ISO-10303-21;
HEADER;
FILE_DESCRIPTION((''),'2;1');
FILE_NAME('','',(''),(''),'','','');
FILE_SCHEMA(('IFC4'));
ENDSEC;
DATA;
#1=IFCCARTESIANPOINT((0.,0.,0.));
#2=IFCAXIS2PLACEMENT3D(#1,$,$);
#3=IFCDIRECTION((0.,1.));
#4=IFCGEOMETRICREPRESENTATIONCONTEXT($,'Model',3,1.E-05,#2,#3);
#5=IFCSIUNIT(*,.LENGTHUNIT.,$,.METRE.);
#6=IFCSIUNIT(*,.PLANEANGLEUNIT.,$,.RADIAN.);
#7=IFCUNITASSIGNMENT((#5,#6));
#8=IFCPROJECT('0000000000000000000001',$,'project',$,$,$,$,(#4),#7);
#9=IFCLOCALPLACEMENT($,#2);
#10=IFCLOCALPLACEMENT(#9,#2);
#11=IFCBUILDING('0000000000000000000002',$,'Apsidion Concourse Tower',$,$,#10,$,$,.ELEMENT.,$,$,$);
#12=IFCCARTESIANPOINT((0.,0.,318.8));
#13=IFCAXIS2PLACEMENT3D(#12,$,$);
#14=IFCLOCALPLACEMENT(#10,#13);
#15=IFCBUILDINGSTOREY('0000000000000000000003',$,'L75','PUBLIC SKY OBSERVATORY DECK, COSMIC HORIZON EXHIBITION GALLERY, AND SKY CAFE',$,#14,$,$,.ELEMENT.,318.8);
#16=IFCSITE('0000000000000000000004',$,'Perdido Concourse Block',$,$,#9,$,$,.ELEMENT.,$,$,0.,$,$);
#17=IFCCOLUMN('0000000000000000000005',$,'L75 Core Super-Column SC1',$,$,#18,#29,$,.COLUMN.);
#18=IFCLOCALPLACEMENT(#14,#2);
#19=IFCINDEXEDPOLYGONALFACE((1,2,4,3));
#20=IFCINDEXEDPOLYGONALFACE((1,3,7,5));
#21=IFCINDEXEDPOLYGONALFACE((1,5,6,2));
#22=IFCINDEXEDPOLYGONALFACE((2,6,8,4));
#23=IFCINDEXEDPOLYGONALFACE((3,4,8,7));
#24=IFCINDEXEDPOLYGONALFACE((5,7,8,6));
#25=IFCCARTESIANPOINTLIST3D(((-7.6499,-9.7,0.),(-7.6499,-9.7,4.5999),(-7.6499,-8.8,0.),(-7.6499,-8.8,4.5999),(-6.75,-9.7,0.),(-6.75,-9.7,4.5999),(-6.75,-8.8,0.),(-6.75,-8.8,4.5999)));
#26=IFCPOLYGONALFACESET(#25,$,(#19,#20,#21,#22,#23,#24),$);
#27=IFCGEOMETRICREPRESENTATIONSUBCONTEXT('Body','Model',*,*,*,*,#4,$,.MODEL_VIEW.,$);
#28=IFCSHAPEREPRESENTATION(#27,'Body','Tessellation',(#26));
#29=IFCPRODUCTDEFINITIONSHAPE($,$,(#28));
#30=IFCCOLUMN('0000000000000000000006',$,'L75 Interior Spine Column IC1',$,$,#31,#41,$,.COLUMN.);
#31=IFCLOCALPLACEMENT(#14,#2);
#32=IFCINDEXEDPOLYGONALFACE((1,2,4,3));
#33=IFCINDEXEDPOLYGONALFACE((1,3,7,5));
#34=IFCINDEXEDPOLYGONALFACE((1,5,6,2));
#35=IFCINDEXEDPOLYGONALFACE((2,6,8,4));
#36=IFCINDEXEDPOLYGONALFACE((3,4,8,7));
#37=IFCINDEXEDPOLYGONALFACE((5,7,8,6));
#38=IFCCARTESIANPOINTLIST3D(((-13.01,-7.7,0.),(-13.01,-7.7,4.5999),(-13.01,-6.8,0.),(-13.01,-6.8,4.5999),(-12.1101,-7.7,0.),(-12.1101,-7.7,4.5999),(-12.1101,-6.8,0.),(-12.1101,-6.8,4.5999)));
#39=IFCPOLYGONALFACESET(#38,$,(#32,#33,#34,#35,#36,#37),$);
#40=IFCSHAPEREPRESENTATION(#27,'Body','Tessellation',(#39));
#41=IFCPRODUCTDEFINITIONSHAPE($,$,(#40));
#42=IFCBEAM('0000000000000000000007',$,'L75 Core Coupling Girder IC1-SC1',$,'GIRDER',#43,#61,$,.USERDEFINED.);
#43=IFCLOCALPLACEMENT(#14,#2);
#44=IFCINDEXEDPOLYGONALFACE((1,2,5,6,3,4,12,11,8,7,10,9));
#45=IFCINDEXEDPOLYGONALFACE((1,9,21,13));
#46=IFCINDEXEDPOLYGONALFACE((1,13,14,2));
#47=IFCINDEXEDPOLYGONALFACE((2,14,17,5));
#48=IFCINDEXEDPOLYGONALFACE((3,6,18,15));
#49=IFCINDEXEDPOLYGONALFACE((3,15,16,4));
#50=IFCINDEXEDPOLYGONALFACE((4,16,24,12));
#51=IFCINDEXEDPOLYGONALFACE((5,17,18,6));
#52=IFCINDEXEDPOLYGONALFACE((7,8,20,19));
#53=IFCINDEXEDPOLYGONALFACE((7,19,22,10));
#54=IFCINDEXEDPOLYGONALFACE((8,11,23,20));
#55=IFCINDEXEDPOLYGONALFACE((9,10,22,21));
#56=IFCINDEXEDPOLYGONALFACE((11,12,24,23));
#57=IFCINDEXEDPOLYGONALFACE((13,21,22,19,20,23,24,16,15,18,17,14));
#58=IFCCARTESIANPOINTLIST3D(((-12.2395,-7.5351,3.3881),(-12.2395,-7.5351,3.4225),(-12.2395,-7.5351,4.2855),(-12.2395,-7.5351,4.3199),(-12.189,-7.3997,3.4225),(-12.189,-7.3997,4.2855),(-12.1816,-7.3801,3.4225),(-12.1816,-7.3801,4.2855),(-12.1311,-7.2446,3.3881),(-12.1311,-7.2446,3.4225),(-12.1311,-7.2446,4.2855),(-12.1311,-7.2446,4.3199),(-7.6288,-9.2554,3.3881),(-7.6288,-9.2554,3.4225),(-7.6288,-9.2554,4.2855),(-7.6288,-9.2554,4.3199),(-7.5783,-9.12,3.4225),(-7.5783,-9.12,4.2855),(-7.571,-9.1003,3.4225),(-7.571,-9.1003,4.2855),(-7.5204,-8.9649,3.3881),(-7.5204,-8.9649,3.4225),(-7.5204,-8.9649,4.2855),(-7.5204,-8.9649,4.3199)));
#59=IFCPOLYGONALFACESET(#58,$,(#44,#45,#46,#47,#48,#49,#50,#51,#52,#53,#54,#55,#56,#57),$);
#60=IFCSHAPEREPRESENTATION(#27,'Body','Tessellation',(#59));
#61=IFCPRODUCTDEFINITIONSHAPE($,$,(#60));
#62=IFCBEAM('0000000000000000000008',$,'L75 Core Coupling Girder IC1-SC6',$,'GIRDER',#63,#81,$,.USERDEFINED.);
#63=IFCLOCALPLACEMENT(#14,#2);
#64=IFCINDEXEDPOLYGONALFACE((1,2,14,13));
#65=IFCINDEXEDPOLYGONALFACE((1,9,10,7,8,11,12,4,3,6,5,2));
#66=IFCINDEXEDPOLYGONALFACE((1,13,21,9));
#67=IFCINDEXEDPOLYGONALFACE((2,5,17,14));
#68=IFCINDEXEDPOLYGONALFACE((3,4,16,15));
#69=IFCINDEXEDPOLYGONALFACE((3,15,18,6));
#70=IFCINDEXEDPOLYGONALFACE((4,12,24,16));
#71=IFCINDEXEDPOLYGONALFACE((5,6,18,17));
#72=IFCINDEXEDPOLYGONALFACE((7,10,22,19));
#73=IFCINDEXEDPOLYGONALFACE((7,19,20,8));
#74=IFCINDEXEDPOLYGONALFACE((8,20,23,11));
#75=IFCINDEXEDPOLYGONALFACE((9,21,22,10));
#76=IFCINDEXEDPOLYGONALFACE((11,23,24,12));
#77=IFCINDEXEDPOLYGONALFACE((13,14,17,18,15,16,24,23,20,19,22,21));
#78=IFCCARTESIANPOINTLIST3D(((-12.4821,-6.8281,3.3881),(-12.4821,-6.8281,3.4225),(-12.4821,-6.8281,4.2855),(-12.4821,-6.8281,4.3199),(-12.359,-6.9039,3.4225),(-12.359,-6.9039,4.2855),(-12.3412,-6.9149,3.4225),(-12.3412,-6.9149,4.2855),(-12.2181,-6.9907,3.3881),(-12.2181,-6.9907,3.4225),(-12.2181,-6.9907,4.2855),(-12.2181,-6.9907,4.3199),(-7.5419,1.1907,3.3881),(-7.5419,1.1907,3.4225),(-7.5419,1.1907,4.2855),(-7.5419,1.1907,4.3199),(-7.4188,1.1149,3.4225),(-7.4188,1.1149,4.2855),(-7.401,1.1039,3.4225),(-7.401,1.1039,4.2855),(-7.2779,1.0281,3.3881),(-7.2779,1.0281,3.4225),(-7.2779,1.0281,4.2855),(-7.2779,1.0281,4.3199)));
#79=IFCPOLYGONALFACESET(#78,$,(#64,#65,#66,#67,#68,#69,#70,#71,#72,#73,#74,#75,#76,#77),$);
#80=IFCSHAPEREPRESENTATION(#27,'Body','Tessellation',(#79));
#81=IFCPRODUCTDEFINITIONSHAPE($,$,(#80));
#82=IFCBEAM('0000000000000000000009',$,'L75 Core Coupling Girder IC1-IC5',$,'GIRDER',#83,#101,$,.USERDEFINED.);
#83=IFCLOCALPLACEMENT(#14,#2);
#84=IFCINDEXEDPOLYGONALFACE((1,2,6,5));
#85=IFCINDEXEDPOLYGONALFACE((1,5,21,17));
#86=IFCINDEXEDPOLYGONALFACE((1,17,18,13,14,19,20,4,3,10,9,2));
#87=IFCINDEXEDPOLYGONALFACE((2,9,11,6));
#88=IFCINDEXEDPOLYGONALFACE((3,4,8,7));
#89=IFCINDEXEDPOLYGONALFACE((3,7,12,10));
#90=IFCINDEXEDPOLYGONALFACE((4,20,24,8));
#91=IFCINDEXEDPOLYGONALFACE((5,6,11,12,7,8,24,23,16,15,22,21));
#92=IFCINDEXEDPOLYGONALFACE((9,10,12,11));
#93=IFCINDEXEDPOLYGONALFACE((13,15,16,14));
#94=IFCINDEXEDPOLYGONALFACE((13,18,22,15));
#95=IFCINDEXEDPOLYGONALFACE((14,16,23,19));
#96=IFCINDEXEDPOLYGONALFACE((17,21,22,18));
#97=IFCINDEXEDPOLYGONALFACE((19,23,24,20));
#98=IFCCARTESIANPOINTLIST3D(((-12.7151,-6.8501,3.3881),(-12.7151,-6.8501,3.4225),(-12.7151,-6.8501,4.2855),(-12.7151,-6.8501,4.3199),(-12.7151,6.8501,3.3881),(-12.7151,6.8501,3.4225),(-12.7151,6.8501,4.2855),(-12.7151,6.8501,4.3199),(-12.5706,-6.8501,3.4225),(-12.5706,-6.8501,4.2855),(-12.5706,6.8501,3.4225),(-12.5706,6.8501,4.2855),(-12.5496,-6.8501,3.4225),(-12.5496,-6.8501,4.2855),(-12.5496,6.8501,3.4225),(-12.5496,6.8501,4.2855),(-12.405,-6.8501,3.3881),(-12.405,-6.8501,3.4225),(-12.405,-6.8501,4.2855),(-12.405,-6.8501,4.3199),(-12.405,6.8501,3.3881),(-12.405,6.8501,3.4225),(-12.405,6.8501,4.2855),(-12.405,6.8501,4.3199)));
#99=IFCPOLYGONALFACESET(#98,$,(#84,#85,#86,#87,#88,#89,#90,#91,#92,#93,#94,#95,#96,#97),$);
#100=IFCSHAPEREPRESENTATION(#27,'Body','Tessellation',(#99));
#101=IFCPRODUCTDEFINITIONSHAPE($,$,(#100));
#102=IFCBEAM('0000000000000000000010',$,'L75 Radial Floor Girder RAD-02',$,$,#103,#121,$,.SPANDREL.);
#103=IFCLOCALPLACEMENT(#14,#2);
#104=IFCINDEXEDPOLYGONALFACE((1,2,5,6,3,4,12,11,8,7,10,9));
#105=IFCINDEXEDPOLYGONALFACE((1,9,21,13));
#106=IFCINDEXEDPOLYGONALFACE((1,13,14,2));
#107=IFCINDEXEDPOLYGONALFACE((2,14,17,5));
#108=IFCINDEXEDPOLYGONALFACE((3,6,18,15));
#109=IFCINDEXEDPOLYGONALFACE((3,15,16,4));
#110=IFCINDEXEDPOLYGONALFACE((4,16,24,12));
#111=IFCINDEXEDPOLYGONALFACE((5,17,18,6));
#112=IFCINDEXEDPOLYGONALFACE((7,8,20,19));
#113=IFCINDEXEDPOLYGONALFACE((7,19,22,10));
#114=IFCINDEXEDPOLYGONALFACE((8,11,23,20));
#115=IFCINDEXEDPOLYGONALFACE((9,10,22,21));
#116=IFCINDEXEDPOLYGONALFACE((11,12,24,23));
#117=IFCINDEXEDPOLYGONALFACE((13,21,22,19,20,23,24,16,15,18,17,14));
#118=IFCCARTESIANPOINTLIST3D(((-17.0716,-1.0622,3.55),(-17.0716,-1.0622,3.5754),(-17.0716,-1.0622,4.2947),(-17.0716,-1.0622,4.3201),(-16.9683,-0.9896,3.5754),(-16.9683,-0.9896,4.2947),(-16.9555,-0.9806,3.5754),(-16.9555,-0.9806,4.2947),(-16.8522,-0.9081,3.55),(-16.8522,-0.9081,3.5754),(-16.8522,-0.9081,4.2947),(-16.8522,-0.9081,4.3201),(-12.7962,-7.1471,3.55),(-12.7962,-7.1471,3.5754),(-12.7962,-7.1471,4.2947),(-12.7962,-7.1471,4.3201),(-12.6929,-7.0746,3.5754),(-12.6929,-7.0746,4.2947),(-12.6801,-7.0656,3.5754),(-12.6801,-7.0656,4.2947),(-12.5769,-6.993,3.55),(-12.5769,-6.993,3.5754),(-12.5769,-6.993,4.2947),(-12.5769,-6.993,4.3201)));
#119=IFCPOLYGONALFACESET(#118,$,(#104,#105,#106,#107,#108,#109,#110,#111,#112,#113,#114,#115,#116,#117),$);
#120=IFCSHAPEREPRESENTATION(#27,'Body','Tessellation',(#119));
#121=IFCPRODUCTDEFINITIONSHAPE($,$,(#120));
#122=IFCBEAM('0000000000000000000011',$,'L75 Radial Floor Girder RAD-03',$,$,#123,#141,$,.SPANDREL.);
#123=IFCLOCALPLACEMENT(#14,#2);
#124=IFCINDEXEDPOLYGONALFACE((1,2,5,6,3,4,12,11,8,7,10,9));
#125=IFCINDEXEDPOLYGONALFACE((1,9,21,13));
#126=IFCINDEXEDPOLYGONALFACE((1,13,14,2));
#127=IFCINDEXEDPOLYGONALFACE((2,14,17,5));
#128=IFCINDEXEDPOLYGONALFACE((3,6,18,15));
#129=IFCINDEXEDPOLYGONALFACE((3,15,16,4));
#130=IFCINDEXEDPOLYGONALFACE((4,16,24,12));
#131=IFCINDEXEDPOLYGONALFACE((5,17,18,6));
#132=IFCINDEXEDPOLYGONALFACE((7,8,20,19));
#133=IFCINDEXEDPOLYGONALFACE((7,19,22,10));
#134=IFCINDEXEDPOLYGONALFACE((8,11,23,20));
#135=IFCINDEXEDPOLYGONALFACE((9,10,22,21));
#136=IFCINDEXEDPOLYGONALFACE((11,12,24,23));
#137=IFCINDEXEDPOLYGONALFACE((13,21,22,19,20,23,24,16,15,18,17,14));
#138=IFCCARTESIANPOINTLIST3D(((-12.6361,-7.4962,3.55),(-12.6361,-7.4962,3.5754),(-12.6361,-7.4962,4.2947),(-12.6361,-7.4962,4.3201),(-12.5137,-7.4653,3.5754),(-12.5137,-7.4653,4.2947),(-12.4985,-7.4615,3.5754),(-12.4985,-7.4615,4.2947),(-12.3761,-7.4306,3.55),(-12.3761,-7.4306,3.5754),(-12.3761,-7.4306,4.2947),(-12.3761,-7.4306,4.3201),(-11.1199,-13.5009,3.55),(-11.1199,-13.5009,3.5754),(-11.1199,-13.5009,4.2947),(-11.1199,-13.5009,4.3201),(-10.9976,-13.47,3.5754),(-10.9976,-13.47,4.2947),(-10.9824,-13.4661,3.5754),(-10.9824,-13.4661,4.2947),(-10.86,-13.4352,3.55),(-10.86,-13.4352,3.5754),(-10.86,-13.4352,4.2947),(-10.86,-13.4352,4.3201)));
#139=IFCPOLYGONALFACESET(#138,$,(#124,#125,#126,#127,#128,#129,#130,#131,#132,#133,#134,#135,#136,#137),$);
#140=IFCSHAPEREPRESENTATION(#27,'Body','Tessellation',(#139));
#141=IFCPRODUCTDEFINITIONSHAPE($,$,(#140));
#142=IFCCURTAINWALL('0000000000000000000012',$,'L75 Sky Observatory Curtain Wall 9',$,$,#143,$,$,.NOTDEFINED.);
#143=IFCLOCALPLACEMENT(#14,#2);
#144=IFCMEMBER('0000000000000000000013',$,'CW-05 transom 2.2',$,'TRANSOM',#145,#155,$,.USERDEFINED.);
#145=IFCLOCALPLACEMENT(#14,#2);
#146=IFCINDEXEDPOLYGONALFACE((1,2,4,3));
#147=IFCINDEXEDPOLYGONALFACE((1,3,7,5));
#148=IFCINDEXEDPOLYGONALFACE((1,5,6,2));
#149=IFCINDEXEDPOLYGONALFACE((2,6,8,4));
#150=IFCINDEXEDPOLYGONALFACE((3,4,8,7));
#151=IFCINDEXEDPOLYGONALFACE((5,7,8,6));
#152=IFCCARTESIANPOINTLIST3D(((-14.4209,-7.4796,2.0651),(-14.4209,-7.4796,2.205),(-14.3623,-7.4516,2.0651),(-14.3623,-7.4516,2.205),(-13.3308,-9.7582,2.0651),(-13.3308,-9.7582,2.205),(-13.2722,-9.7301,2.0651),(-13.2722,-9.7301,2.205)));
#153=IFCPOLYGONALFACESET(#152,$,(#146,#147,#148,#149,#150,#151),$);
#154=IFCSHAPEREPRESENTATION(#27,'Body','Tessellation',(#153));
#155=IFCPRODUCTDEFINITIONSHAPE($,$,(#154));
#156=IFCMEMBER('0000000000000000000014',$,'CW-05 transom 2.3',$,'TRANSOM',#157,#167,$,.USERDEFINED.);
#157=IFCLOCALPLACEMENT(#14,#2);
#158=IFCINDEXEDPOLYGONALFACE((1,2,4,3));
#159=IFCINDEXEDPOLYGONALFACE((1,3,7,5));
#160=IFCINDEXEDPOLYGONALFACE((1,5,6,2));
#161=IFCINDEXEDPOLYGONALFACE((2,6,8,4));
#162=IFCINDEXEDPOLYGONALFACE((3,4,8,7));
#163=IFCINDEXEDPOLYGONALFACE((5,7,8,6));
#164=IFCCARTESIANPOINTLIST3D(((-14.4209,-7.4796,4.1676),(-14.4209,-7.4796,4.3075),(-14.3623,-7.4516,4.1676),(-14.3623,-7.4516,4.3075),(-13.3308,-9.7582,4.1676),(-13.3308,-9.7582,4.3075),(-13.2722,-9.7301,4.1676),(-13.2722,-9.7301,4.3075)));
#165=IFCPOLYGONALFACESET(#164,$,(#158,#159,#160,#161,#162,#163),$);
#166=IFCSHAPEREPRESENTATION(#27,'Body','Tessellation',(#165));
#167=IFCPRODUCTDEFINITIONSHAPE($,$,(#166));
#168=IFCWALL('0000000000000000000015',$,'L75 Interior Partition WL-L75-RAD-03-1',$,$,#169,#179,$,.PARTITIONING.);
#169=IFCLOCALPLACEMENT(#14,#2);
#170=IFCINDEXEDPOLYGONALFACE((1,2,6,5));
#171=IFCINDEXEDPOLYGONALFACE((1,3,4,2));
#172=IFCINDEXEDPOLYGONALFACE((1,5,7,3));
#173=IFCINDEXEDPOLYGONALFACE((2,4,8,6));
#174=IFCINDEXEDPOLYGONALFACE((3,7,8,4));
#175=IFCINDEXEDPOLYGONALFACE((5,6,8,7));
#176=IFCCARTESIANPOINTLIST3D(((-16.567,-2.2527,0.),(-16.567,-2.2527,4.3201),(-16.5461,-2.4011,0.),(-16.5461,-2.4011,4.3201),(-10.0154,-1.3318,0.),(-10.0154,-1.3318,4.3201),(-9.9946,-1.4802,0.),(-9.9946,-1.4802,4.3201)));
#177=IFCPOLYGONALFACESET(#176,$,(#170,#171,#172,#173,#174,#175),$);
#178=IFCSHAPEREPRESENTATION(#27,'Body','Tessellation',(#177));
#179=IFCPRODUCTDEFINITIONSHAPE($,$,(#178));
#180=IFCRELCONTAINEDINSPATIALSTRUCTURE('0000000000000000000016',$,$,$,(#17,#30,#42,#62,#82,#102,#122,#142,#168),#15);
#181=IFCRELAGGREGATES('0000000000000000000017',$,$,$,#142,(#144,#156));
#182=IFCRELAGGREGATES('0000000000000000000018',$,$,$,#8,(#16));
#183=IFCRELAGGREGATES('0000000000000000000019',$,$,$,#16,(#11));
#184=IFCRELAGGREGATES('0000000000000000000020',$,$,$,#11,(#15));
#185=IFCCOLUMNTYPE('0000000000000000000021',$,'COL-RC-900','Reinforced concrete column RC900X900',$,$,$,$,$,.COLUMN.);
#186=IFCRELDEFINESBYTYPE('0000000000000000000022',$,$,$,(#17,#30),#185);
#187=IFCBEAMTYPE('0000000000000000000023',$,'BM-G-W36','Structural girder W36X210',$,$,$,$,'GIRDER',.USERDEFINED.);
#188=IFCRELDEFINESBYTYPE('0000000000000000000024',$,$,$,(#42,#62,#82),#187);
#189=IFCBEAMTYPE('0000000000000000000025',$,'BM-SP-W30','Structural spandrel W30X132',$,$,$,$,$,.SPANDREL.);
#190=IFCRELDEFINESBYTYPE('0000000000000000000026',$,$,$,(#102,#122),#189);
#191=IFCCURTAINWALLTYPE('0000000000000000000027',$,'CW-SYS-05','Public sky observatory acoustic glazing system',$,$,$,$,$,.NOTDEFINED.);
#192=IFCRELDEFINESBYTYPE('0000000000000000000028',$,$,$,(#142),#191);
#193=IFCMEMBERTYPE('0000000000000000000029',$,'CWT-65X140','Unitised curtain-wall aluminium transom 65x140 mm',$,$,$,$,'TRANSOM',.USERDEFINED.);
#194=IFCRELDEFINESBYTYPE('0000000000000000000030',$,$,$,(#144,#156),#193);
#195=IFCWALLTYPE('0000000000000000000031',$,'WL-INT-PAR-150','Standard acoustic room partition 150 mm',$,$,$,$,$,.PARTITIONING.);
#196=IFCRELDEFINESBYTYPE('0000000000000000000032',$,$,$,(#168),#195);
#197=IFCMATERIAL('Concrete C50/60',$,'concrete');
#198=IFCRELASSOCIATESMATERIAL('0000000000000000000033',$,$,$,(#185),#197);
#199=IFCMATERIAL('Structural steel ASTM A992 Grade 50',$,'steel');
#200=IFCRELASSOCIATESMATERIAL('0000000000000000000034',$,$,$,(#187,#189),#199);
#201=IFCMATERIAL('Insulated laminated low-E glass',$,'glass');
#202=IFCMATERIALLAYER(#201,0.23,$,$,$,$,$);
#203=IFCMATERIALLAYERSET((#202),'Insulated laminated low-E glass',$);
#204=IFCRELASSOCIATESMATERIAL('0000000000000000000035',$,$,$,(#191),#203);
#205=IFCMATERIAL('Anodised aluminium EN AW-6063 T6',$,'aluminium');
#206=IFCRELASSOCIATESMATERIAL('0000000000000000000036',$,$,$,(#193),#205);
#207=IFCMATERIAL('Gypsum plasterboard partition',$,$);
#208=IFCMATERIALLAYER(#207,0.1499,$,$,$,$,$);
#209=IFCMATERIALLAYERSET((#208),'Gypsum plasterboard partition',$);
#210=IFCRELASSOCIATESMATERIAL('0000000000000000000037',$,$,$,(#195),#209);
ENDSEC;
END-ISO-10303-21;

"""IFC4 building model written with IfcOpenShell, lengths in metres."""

from ifc_helpers import new_model, si_unit, direction, frame, frame_2d, origin, origin_2d, place, context, subcontext, project, spatial, rectangle, i_section, extrude, material, layer, layer_set, material_profile, profile_set, type_object, element, aggregate, save


model = new_model("IFC4")

# Units and contexts
model_context = context("Model", 3, precision=1e-05, world=origin(), true_north=direction((0.0, 1.0)))
body_context = subcontext(model_context, "Body", "Model", "MODEL_VIEW")
ifc_project = project(units=[si_unit("LENGTHUNIT", "METRE"), si_unit("PLANEANGLEUNIT", "RADIAN")], contexts=[model_context])

# Site, building, storey
site_placement = place(None, origin())
site = spatial("IfcSite", under=ifc_project, at=site_placement, Name="Perdido Concourse Block", CompositionType="ELEMENT", RefElevation=0.0)
building_placement = place(site_placement, origin())
building = spatial("IfcBuilding", under=site, at=building_placement, Name="Apsidion Concourse Tower", CompositionType="ELEMENT")
storey_placement = place(building_placement, frame((0.0, 0.0, 318.8)))
storey = spatial("IfcBuildingStorey", under=building, at=storey_placement, Name="L75", Description="PUBLIC SKY OBSERVATORY DECK, COSMIC HORIZON EXHIBITION GALLERY, AND SKY CAFE", CompositionType="ELEMENT", Elevation=318.8)

# Columns
ifc_material_1 = material(Name="Concrete C50/60", Category="concrete")
ifc_material_profile_1 = material_profile(ifc_material_1, rectangle(XDim=0.8999, YDim=0.8999, at=origin_2d()), Name="RC 900x900")
ifc_profile_set_1 = profile_set([ifc_material_profile_1], Name="Concrete C50/60")
column_type = type_object("IfcColumnType", Name="COL-RC-900", Description="Reinforced concrete column RC900X900", PredefinedType="COLUMN", material=ifc_profile_set_1)
for number, where, z_axis, x_axis, name in (
    (1, (-7.2, -9.25, 0.0), (0.0, 0.0, 1.0), (1.0, 0.0, 0.0), "L75 Core Super-Column SC1"),
    (2, (-12.5601, -7.25, 0.0), (0.0, 0.0, 1.0), (1.0, 0.0, 0.0), "L75 Interior Spine Column IC1"),
):
    element("IfcColumn", number, at=place(storey_placement, frame(where, z_axis=z_axis, x_axis=x_axis)), inside=storey, type_object=column_type, Name=name, PredefinedType="COLUMN", context=body_context, shape_type="SweptSolid", body=[
        extrude(rectangle(XDim=0.8999, YDim=0.8999, at=origin_2d()), origin(), (0.0, 0.0, 1.0), 4.5999),
    ])

# Beams
ifc_material_2 = material(Name="Structural steel ASTM A992 Grade 50", Category="steel")
ifc_material_profile_2 = material_profile(ifc_material_2, i_section(OverallWidth=0.3101, OverallDepth=0.9319, WebThickness=0.021, FlangeThickness=0.0344, at=origin_2d()), Name="W36X210")
ifc_profile_set_2 = profile_set([ifc_material_profile_2], Name="Structural steel ASTM A992 Grade 50")
beam_type_1 = type_object("IfcBeamType", Name="BM-G-W36", Description="Structural girder W36X210", ElementType="GIRDER", PredefinedType="USERDEFINED", material=ifc_profile_set_2)
beam_1_placement = place(storey_placement, frame((-12.1853, -7.3899, 3.854), z_axis=(0.936913, -0.349563, 0.0), x_axis=(0.349563, 0.936913, 0.0)))
element("IfcBeam", 3, at=beam_1_placement, inside=storey, type_object=beam_type_1, Name="L75 Core Coupling Girder IC1-SC1", ObjectType="GIRDER", PredefinedType="USERDEFINED", context=body_context, shape_type="SweptSolid", body=[
    extrude(i_section(OverallWidth=0.3101, OverallDepth=0.9319, WebThickness=0.021, FlangeThickness=0.0344, at=origin_2d()), origin(), (0.0, 0.0, 1.0), 4.9211),
])
beam_2_placement = place(storey_placement, frame((-12.3501, -6.9094, 3.854), z_axis=(0.524524, 0.851396, 0.0), x_axis=(-0.851396, 0.524524, 0.0)))
element("IfcBeam", 4, at=beam_2_placement, inside=storey, type_object=beam_type_1, Name="L75 Core Coupling Girder IC1-SC6", ObjectType="GIRDER", PredefinedType="USERDEFINED", context=body_context, shape_type="SweptSolid", body=[
    extrude(i_section(OverallWidth=0.3101, OverallDepth=0.9319, WebThickness=0.021, FlangeThickness=0.0344, at=origin_2d()), origin(), (0.0, 0.0, 1.0), 9.4185),
])
beam_3_placement = place(storey_placement, frame((-12.5601, -6.8501, 3.854), z_axis=(0.0, 1.0, 0.0), x_axis=(-1.0, 0.0, 0.0)))
element("IfcBeam", 5, at=beam_3_placement, inside=storey, type_object=beam_type_1, Name="L75 Core Coupling Girder IC1-IC5", ObjectType="GIRDER", PredefinedType="USERDEFINED", context=body_context, shape_type="SweptSolid", body=[
    extrude(i_section(OverallWidth=0.3101, OverallDepth=0.9319, WebThickness=0.021, FlangeThickness=0.0344, at=origin_2d()), origin(), (0.0, 0.0, 1.0), 13.7002),
])
ifc_material_profile_3 = material_profile(ifc_material_2, i_section(OverallWidth=0.2681, OverallDepth=0.77, WebThickness=0.0156, FlangeThickness=0.0254, at=origin_2d()), Name="W30X132")
ifc_profile_set_3 = profile_set([ifc_material_profile_3], Name="Structural steel ASTM A992 Grade 50")
beam_type_2 = type_object("IfcBeamType", Name="BM-SP-W30", Description="Structural spandrel W30X132", PredefinedType="SPANDREL", material=ifc_profile_set_3)
beam_4_placement = place(storey_placement, frame((-12.6865, -7.0701, 3.9351), z_axis=(-0.574898, 0.818225, 0.0), x_axis=(-0.818225, -0.574898, 0.0)))
element("IfcBeam", 6, at=beam_4_placement, inside=storey, type_object=beam_type_2, Name="L75 Radial Floor Girder RAD-02", PredefinedType="SPANDREL", context=body_context, shape_type="SweptSolid", body=[
    extrude(i_section(OverallWidth=0.2681, OverallDepth=0.77, WebThickness=0.0156, FlangeThickness=0.0254, at=origin_2d()), origin(), (0.0, 0.0, 1.0), 7.4368),
])
beam_5_placement = place(storey_placement, frame((-12.5061, -7.4634, 3.9351), z_axis=(0.244807, -0.969572, 0.0), x_axis=(0.969572, 0.244807, 0.0)))
element("IfcBeam", 7, at=beam_5_placement, inside=storey, type_object=beam_type_2, Name="L75 Radial Floor Girder RAD-03", PredefinedType="SPANDREL", context=body_context, shape_type="SweptSolid", body=[
    extrude(i_section(OverallWidth=0.2681, OverallDepth=0.77, WebThickness=0.0156, FlangeThickness=0.0254, at=origin_2d()), origin(), (0.0, 0.0, 1.0), 6.1931),
])

# Curtain wall, members
ifc_material_3 = material(Name="Insulated laminated low-E glass", Category="glass")
ifc_layer_1 = layer(ifc_material_3, 0.23)
ifc_layer_set_1 = layer_set([ifc_layer_1], Name="Insulated laminated low-E glass")
curtain_wall_type = type_object("IfcCurtainWallType", Name="CW-SYS-05", Description="Public sky observatory acoustic glazing system", PredefinedType="NOTDEFINED", material=ifc_layer_set_1)
curtain_wall_placement = place(storey_placement, origin())
curtain_wall = element("IfcCurtainWall", 8, at=curtain_wall_placement, inside=storey, type_object=curtain_wall_type, Name="L75 Sky Observatory Curtain Wall 9", PredefinedType="NOTDEFINED")
ifc_material_4 = material(Name="Anodised aluminium EN AW-6063 T6", Category="aluminium")
ifc_material_profile_4 = material_profile(ifc_material_4, rectangle(XDim=0.0649, YDim=0.1399, at=origin_2d()), Name="ALU TRANSOM 65x140")
ifc_profile_set_4 = profile_set([ifc_material_profile_4], Name="Anodised aluminium EN AW-6063 T6")
member_type = type_object("IfcMemberType", Name="CWT-65X140", Description="Unitised curtain-wall aluminium transom 65x140 mm", ElementType="TRANSOM", PredefinedType="USERDEFINED", material=ifc_profile_set_4)
member_1_placement = place(storey_placement, frame((-13.3015, -9.7441, 2.135), z_axis=(-0.431565, 0.902082, 0.0), x_axis=(-0.902082, -0.431565, 0.0)))
member_1 = element("IfcMember", 9, at=member_1_placement, type_object=member_type, Name="CW-05 transom 2.2", ObjectType="TRANSOM", PredefinedType="USERDEFINED", context=body_context, shape_type="SweptSolid", body=[
    extrude(rectangle(XDim=0.0649, YDim=0.1399, at=origin_2d()), origin(), (0.0, 0.0, 1.0), 2.5259),
])
member_2_placement = place(storey_placement, frame((-13.3015, -9.7441, 4.2375), z_axis=(-0.431565, 0.902082, 0.0), x_axis=(-0.902082, -0.431565, 0.0)))
member_2 = element("IfcMember", 10, at=member_2_placement, type_object=member_type, Name="CW-05 transom 2.3", ObjectType="TRANSOM", PredefinedType="USERDEFINED", context=body_context, shape_type="SweptSolid", body=[
    extrude(rectangle(XDim=0.0649, YDim=0.1399, at=origin_2d()), origin(), (0.0, 0.0, 1.0), 2.5259),
])
aggregate(curtain_wall, [member_1, member_2])

# Wall
ifc_material_5 = material(Name="Gypsum plasterboard partition")
ifc_layer_2 = layer(ifc_material_5, 0.1499)
ifc_layer_set_2 = layer_set([ifc_layer_2], Name="Gypsum plasterboard partition")
wall_type_1 = type_object("IfcWallType", Name="WL-INT-PAR-150", Description="Standard acoustic room partition 150 mm", PredefinedType="PARTITIONING", material=ifc_layer_set_2)
wall_1_placement = place(storey_placement, frame((-10.0049, -1.406, 0.0), z_axis=(0.0, 0.0, 1.0), x_axis=(-0.990265, -0.139194, 0.0)))
element("IfcWall", 11, at=wall_1_placement, inside=storey, type_object=wall_type_1, Name="L75 Interior Partition WL-L75-RAD-03-1", PredefinedType="PARTITIONING", context=body_context, shape_type="SweptSolid", body=[
    extrude(rectangle(XDim=6.616, YDim=0.1499, at=frame_2d((3.3081, 0.0))), origin(), (0.0, 0.0, 1.0), 4.3201),
])

save(model, "model.ifc")
